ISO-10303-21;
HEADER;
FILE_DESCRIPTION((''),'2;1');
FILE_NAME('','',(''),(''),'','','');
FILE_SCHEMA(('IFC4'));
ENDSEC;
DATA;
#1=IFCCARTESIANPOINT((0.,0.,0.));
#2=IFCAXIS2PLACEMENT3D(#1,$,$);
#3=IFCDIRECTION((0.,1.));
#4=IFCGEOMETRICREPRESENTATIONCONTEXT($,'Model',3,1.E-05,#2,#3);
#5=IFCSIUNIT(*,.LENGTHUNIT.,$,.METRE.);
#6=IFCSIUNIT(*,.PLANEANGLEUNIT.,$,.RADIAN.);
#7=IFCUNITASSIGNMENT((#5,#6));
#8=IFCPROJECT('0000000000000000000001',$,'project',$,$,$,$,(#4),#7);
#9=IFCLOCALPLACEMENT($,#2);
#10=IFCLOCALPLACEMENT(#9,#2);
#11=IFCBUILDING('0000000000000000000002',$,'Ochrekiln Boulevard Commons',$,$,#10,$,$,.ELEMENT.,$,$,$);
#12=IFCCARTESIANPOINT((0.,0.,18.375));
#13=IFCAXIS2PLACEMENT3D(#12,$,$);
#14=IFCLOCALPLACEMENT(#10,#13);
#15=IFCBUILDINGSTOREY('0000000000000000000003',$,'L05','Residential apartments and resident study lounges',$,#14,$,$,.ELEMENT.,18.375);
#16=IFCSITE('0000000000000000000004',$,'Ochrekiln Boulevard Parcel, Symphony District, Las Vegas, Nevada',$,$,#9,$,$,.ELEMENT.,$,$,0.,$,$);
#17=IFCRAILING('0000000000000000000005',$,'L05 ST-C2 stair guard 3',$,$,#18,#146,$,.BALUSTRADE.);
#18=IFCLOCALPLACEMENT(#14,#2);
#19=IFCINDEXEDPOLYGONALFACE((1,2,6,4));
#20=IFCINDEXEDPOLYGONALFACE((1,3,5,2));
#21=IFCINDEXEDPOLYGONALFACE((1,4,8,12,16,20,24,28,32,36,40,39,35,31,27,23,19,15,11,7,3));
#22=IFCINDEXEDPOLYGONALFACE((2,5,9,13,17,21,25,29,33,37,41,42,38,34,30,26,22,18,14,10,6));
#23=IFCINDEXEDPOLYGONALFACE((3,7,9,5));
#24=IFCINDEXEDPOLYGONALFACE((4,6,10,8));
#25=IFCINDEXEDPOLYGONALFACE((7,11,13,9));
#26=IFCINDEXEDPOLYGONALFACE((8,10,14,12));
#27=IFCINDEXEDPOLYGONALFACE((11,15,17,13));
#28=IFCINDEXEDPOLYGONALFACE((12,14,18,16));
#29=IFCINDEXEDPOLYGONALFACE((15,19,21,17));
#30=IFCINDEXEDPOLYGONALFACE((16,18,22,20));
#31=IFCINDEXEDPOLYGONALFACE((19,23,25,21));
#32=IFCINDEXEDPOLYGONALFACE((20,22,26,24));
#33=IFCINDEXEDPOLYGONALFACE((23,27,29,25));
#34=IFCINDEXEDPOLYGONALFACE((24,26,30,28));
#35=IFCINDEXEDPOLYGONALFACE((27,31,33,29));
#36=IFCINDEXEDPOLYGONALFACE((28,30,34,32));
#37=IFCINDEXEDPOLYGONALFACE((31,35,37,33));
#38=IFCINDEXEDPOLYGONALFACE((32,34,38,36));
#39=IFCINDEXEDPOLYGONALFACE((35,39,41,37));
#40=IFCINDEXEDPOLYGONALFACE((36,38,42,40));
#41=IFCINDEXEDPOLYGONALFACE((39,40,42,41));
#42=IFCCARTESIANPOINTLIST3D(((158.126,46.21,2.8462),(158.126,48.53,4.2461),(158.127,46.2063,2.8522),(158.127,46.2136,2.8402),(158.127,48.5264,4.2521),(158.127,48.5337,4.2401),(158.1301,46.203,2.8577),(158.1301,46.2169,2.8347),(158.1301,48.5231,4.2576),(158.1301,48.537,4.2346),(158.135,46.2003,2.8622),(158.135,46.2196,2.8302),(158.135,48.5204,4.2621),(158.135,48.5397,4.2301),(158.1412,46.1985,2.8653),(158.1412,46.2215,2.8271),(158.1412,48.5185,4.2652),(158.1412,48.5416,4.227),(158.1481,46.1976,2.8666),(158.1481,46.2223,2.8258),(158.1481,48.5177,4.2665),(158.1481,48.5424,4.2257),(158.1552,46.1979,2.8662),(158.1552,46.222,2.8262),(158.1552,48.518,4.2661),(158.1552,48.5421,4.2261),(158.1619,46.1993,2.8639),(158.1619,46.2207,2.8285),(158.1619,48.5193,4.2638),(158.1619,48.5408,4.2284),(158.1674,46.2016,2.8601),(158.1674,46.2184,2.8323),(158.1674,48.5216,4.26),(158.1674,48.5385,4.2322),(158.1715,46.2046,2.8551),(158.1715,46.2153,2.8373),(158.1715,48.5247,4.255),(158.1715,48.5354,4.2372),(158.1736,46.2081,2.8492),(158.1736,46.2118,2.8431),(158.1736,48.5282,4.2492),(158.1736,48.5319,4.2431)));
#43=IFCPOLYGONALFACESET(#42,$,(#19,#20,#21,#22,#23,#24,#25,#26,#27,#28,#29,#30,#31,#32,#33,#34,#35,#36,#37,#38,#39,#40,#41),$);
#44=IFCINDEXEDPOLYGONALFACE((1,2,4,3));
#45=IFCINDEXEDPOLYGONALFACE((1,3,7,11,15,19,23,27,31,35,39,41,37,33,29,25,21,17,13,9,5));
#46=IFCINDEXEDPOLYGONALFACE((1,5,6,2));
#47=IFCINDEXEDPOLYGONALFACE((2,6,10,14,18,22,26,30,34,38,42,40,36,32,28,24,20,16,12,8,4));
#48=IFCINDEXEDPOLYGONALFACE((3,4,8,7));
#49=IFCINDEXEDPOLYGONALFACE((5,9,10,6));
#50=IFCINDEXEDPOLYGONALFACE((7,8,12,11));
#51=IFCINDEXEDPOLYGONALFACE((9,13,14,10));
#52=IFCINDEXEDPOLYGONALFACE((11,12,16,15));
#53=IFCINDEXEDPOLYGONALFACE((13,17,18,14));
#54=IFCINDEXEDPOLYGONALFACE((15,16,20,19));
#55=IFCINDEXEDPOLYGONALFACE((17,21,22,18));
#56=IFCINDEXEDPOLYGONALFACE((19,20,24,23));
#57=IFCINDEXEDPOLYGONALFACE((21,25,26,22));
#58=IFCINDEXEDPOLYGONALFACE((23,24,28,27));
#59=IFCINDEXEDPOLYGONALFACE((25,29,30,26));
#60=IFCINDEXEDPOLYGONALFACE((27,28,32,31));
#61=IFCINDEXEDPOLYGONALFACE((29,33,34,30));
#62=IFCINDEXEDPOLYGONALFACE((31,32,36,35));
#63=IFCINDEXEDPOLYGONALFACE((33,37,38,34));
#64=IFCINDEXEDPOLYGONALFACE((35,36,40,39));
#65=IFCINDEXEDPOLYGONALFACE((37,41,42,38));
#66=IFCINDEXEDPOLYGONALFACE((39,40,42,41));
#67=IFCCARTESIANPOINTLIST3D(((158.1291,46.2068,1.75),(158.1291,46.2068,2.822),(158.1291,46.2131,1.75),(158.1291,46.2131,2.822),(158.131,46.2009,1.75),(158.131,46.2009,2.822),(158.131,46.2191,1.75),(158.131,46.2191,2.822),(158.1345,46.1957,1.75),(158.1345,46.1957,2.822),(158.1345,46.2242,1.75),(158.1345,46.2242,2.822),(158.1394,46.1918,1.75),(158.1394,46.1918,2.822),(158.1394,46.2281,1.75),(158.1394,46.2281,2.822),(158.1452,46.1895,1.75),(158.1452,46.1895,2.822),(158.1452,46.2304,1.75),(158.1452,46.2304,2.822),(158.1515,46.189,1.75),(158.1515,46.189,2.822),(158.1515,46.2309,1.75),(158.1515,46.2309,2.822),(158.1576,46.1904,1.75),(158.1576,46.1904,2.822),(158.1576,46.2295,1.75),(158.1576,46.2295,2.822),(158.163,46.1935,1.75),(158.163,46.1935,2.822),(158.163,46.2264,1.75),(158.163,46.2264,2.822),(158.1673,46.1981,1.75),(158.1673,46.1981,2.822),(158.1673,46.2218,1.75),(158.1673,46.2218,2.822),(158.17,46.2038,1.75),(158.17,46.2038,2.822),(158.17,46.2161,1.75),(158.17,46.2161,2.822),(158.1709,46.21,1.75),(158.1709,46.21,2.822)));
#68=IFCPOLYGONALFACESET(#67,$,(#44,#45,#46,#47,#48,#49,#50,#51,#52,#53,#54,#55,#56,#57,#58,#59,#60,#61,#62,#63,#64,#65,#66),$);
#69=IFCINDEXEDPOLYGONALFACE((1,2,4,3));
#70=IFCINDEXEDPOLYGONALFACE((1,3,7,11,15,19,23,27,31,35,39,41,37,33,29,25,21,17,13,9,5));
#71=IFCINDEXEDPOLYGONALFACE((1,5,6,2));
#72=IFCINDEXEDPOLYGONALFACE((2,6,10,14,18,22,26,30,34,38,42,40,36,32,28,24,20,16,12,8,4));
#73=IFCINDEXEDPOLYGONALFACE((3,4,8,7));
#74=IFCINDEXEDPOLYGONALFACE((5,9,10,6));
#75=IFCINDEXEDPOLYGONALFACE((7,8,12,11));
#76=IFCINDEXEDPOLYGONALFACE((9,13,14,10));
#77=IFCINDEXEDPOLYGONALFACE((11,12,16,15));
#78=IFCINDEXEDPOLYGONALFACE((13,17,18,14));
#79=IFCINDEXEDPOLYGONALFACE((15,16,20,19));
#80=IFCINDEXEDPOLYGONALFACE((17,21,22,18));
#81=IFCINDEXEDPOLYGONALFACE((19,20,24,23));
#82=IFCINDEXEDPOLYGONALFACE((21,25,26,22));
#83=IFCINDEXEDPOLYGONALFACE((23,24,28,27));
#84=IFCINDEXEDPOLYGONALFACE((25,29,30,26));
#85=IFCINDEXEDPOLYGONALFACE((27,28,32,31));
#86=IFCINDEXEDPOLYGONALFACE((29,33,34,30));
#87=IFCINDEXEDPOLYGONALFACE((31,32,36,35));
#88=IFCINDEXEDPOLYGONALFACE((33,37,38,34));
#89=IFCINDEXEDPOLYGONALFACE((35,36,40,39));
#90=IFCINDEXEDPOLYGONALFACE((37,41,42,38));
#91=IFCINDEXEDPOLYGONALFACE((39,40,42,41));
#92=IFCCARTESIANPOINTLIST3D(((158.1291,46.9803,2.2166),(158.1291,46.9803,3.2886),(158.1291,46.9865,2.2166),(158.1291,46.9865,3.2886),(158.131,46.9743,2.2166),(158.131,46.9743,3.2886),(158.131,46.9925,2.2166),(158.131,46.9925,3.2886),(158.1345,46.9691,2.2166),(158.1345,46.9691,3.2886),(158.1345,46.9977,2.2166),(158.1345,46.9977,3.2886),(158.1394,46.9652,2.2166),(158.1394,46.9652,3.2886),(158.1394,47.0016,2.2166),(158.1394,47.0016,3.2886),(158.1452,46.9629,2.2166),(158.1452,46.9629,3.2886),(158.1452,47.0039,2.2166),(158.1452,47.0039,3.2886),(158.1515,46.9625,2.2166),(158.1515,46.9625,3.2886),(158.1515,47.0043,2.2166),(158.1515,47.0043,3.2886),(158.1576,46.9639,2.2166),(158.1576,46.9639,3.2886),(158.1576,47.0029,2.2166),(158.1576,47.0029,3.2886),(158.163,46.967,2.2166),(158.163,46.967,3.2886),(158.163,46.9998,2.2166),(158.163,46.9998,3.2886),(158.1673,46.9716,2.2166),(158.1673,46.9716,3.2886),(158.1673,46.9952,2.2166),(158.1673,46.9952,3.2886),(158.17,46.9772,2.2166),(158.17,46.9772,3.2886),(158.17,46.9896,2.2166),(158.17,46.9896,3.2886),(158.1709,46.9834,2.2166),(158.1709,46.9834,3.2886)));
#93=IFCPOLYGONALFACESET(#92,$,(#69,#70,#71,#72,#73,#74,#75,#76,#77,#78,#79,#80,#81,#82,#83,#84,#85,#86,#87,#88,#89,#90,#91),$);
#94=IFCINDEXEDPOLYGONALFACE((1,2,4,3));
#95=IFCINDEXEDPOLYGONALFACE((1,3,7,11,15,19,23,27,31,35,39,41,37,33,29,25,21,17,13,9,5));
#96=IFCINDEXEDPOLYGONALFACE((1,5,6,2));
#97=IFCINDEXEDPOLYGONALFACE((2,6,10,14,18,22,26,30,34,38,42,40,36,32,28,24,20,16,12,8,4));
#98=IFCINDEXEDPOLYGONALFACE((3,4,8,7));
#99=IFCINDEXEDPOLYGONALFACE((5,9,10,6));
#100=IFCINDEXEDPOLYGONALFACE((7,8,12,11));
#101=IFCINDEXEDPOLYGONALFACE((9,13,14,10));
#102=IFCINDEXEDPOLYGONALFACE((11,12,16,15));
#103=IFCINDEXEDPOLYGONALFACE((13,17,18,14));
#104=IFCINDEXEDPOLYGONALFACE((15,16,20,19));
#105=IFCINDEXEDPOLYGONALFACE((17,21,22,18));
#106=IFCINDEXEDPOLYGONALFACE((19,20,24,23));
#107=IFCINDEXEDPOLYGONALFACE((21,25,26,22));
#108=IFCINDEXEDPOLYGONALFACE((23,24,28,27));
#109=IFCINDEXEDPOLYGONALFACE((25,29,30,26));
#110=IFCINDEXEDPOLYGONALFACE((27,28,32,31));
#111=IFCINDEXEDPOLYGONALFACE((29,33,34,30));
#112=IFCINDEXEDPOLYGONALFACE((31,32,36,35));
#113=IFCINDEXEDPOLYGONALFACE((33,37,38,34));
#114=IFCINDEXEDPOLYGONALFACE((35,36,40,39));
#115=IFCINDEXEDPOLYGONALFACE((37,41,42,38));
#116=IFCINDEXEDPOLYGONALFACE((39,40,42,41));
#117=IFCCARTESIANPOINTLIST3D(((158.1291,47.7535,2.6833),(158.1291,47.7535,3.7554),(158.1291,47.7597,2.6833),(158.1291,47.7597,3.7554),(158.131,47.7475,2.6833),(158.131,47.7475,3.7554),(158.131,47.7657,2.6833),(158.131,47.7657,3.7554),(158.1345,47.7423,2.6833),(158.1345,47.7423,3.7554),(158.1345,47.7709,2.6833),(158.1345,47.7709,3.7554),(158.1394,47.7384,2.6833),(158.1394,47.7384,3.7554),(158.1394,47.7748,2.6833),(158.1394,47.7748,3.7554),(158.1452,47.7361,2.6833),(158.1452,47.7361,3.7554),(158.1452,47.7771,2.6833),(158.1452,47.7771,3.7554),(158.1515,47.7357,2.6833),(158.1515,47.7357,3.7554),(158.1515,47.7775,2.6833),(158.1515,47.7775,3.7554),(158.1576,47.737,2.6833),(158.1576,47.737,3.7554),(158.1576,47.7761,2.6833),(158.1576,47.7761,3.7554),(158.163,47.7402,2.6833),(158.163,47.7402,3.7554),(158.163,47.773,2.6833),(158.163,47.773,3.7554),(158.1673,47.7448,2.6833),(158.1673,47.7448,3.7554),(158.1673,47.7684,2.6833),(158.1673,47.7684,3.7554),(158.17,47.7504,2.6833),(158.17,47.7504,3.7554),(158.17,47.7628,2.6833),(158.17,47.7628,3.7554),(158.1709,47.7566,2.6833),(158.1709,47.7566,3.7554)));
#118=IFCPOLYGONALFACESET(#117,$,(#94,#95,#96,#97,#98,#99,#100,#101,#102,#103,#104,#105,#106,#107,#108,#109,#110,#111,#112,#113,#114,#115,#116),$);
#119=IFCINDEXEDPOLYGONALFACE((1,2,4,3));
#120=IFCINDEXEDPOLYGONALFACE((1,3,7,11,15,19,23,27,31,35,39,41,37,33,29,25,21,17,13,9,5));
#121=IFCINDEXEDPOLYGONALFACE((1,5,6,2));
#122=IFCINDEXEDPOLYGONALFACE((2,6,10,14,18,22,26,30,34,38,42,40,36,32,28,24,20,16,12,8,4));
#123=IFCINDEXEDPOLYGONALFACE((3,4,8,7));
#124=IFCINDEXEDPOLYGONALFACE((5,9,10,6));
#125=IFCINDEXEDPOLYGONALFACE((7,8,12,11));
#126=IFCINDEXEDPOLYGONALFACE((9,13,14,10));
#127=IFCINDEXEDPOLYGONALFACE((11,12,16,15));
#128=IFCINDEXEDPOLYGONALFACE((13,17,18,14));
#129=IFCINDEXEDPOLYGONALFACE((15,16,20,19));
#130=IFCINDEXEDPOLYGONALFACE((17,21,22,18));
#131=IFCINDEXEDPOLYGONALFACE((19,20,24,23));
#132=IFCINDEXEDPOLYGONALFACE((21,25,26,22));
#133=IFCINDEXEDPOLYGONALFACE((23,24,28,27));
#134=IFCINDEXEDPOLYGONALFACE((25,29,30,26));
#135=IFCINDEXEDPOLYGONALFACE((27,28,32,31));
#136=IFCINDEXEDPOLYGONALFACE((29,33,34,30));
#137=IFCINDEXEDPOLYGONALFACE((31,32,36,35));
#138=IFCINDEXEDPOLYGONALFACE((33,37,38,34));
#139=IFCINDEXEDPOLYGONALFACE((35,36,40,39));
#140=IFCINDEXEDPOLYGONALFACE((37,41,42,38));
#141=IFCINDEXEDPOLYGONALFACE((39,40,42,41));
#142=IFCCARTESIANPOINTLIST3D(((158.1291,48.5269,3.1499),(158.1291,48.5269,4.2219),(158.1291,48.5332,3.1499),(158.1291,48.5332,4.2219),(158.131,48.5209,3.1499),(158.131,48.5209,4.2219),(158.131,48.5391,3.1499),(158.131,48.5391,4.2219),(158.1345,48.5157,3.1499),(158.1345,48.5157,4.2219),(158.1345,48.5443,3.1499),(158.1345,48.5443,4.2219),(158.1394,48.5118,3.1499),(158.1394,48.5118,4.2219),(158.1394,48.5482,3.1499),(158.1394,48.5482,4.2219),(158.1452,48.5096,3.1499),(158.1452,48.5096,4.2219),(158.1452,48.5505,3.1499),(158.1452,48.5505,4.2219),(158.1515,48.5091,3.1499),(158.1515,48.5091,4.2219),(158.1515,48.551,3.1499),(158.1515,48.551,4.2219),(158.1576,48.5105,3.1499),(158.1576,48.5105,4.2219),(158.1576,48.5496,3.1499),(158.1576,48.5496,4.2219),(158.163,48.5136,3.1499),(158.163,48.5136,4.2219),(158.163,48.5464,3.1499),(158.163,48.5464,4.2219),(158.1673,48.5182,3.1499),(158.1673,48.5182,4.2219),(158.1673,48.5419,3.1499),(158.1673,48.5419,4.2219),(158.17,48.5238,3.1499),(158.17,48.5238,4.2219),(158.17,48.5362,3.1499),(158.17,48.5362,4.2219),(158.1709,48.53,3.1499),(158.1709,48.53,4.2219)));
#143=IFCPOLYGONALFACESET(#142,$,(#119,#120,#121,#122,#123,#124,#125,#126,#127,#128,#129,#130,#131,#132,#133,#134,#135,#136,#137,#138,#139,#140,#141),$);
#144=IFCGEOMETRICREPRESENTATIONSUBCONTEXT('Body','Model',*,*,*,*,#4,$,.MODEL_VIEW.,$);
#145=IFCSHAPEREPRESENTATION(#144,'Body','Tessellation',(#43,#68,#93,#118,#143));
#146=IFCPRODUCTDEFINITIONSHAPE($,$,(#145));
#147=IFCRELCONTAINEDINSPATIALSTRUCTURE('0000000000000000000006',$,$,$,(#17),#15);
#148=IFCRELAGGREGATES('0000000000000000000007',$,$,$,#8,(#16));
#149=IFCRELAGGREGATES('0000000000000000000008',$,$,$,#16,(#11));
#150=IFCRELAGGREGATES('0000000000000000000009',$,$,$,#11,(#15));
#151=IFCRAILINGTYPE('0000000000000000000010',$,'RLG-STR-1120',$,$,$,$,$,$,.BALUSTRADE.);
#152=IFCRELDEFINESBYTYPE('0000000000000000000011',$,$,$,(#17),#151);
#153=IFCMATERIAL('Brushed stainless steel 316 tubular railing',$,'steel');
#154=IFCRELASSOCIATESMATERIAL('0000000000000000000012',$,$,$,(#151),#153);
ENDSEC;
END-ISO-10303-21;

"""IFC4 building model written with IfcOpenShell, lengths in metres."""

from ifc_helpers import new_model, si_unit, direction, frame, origin, origin_2d, place, context, subcontext, project, spatial, circle, extrude, material, type_object, element, save


model = new_model("IFC4")

# Units and contexts
model_context = context("Model", 3, precision=1e-05, world=origin(), true_north=direction((0.0, 1.0)))
body_context = subcontext(model_context, "Body", "Model", "MODEL_VIEW")
ifc_project = project(units=[si_unit("LENGTHUNIT", "METRE"), si_unit("PLANEANGLEUNIT", "RADIAN")], contexts=[model_context])

# Site, building, storey
site_placement = place(None, origin())
site = spatial("IfcSite", under=ifc_project, at=site_placement, Name="Ochrekiln Boulevard Parcel, Symphony District, Las Vegas, Nevada", CompositionType="ELEMENT", RefElevation=0.0)
building_placement = place(site_placement, origin())
building = spatial("IfcBuilding", under=site, at=building_placement, Name="Ochrekiln Boulevard Commons", CompositionType="ELEMENT")
storey_placement = place(building_placement, frame((0.0, 0.0, 18.375)))
storey = spatial("IfcBuildingStorey", under=building, at=storey_placement, Name="L05", Description="Residential apartments and resident study lounges", CompositionType="ELEMENT", Elevation=18.375)

# Railing
ifc_material_1 = material(Name="Brushed stainless steel 316 tubular railing", Category="steel")
railing_type_1 = type_object("IfcRailingType", Name="RLG-STR-1120", PredefinedType="BALUSTRADE", material=ifc_material_1)
railing_1_placement = place(storey_placement, frame((158.1499, 46.21, 1.75)))
element("IfcRailing", 1, at=railing_1_placement, inside=storey, type_object=railing_type_1, Name="L05 ST-C2 stair guard 3", PredefinedType="BALUSTRADE", context=body_context, shape_type="SweptSolid", body=[
    extrude(circle(Radius=0.0239, at=origin_2d()), frame((0.0, 0.0, 1.0962), z_axis=(0.0, 0.85621, 0.516627), x_axis=(-1.0, 0.0, 0.0)), (0.0, 0.0, 1.0), 2.7097),
    extrude(circle(Radius=0.021, at=origin_2d()), origin(), (0.0, 0.0, 1.0), 1.072),
    extrude(circle(Radius=0.021, at=origin_2d()), frame((0.0, 0.7734, 0.4666)), (0.0, 0.0, 1.0), 1.072),
    extrude(circle(Radius=0.021, at=origin_2d()), frame((0.0, 1.5466, 0.9333)), (0.0, 0.0, 1.0), 1.072),
    extrude(circle(Radius=0.021, at=origin_2d()), frame((0.0, 2.3201, 1.3999)), (0.0, 0.0, 1.0), 1.072),
])

save(model, "model.ifc")
